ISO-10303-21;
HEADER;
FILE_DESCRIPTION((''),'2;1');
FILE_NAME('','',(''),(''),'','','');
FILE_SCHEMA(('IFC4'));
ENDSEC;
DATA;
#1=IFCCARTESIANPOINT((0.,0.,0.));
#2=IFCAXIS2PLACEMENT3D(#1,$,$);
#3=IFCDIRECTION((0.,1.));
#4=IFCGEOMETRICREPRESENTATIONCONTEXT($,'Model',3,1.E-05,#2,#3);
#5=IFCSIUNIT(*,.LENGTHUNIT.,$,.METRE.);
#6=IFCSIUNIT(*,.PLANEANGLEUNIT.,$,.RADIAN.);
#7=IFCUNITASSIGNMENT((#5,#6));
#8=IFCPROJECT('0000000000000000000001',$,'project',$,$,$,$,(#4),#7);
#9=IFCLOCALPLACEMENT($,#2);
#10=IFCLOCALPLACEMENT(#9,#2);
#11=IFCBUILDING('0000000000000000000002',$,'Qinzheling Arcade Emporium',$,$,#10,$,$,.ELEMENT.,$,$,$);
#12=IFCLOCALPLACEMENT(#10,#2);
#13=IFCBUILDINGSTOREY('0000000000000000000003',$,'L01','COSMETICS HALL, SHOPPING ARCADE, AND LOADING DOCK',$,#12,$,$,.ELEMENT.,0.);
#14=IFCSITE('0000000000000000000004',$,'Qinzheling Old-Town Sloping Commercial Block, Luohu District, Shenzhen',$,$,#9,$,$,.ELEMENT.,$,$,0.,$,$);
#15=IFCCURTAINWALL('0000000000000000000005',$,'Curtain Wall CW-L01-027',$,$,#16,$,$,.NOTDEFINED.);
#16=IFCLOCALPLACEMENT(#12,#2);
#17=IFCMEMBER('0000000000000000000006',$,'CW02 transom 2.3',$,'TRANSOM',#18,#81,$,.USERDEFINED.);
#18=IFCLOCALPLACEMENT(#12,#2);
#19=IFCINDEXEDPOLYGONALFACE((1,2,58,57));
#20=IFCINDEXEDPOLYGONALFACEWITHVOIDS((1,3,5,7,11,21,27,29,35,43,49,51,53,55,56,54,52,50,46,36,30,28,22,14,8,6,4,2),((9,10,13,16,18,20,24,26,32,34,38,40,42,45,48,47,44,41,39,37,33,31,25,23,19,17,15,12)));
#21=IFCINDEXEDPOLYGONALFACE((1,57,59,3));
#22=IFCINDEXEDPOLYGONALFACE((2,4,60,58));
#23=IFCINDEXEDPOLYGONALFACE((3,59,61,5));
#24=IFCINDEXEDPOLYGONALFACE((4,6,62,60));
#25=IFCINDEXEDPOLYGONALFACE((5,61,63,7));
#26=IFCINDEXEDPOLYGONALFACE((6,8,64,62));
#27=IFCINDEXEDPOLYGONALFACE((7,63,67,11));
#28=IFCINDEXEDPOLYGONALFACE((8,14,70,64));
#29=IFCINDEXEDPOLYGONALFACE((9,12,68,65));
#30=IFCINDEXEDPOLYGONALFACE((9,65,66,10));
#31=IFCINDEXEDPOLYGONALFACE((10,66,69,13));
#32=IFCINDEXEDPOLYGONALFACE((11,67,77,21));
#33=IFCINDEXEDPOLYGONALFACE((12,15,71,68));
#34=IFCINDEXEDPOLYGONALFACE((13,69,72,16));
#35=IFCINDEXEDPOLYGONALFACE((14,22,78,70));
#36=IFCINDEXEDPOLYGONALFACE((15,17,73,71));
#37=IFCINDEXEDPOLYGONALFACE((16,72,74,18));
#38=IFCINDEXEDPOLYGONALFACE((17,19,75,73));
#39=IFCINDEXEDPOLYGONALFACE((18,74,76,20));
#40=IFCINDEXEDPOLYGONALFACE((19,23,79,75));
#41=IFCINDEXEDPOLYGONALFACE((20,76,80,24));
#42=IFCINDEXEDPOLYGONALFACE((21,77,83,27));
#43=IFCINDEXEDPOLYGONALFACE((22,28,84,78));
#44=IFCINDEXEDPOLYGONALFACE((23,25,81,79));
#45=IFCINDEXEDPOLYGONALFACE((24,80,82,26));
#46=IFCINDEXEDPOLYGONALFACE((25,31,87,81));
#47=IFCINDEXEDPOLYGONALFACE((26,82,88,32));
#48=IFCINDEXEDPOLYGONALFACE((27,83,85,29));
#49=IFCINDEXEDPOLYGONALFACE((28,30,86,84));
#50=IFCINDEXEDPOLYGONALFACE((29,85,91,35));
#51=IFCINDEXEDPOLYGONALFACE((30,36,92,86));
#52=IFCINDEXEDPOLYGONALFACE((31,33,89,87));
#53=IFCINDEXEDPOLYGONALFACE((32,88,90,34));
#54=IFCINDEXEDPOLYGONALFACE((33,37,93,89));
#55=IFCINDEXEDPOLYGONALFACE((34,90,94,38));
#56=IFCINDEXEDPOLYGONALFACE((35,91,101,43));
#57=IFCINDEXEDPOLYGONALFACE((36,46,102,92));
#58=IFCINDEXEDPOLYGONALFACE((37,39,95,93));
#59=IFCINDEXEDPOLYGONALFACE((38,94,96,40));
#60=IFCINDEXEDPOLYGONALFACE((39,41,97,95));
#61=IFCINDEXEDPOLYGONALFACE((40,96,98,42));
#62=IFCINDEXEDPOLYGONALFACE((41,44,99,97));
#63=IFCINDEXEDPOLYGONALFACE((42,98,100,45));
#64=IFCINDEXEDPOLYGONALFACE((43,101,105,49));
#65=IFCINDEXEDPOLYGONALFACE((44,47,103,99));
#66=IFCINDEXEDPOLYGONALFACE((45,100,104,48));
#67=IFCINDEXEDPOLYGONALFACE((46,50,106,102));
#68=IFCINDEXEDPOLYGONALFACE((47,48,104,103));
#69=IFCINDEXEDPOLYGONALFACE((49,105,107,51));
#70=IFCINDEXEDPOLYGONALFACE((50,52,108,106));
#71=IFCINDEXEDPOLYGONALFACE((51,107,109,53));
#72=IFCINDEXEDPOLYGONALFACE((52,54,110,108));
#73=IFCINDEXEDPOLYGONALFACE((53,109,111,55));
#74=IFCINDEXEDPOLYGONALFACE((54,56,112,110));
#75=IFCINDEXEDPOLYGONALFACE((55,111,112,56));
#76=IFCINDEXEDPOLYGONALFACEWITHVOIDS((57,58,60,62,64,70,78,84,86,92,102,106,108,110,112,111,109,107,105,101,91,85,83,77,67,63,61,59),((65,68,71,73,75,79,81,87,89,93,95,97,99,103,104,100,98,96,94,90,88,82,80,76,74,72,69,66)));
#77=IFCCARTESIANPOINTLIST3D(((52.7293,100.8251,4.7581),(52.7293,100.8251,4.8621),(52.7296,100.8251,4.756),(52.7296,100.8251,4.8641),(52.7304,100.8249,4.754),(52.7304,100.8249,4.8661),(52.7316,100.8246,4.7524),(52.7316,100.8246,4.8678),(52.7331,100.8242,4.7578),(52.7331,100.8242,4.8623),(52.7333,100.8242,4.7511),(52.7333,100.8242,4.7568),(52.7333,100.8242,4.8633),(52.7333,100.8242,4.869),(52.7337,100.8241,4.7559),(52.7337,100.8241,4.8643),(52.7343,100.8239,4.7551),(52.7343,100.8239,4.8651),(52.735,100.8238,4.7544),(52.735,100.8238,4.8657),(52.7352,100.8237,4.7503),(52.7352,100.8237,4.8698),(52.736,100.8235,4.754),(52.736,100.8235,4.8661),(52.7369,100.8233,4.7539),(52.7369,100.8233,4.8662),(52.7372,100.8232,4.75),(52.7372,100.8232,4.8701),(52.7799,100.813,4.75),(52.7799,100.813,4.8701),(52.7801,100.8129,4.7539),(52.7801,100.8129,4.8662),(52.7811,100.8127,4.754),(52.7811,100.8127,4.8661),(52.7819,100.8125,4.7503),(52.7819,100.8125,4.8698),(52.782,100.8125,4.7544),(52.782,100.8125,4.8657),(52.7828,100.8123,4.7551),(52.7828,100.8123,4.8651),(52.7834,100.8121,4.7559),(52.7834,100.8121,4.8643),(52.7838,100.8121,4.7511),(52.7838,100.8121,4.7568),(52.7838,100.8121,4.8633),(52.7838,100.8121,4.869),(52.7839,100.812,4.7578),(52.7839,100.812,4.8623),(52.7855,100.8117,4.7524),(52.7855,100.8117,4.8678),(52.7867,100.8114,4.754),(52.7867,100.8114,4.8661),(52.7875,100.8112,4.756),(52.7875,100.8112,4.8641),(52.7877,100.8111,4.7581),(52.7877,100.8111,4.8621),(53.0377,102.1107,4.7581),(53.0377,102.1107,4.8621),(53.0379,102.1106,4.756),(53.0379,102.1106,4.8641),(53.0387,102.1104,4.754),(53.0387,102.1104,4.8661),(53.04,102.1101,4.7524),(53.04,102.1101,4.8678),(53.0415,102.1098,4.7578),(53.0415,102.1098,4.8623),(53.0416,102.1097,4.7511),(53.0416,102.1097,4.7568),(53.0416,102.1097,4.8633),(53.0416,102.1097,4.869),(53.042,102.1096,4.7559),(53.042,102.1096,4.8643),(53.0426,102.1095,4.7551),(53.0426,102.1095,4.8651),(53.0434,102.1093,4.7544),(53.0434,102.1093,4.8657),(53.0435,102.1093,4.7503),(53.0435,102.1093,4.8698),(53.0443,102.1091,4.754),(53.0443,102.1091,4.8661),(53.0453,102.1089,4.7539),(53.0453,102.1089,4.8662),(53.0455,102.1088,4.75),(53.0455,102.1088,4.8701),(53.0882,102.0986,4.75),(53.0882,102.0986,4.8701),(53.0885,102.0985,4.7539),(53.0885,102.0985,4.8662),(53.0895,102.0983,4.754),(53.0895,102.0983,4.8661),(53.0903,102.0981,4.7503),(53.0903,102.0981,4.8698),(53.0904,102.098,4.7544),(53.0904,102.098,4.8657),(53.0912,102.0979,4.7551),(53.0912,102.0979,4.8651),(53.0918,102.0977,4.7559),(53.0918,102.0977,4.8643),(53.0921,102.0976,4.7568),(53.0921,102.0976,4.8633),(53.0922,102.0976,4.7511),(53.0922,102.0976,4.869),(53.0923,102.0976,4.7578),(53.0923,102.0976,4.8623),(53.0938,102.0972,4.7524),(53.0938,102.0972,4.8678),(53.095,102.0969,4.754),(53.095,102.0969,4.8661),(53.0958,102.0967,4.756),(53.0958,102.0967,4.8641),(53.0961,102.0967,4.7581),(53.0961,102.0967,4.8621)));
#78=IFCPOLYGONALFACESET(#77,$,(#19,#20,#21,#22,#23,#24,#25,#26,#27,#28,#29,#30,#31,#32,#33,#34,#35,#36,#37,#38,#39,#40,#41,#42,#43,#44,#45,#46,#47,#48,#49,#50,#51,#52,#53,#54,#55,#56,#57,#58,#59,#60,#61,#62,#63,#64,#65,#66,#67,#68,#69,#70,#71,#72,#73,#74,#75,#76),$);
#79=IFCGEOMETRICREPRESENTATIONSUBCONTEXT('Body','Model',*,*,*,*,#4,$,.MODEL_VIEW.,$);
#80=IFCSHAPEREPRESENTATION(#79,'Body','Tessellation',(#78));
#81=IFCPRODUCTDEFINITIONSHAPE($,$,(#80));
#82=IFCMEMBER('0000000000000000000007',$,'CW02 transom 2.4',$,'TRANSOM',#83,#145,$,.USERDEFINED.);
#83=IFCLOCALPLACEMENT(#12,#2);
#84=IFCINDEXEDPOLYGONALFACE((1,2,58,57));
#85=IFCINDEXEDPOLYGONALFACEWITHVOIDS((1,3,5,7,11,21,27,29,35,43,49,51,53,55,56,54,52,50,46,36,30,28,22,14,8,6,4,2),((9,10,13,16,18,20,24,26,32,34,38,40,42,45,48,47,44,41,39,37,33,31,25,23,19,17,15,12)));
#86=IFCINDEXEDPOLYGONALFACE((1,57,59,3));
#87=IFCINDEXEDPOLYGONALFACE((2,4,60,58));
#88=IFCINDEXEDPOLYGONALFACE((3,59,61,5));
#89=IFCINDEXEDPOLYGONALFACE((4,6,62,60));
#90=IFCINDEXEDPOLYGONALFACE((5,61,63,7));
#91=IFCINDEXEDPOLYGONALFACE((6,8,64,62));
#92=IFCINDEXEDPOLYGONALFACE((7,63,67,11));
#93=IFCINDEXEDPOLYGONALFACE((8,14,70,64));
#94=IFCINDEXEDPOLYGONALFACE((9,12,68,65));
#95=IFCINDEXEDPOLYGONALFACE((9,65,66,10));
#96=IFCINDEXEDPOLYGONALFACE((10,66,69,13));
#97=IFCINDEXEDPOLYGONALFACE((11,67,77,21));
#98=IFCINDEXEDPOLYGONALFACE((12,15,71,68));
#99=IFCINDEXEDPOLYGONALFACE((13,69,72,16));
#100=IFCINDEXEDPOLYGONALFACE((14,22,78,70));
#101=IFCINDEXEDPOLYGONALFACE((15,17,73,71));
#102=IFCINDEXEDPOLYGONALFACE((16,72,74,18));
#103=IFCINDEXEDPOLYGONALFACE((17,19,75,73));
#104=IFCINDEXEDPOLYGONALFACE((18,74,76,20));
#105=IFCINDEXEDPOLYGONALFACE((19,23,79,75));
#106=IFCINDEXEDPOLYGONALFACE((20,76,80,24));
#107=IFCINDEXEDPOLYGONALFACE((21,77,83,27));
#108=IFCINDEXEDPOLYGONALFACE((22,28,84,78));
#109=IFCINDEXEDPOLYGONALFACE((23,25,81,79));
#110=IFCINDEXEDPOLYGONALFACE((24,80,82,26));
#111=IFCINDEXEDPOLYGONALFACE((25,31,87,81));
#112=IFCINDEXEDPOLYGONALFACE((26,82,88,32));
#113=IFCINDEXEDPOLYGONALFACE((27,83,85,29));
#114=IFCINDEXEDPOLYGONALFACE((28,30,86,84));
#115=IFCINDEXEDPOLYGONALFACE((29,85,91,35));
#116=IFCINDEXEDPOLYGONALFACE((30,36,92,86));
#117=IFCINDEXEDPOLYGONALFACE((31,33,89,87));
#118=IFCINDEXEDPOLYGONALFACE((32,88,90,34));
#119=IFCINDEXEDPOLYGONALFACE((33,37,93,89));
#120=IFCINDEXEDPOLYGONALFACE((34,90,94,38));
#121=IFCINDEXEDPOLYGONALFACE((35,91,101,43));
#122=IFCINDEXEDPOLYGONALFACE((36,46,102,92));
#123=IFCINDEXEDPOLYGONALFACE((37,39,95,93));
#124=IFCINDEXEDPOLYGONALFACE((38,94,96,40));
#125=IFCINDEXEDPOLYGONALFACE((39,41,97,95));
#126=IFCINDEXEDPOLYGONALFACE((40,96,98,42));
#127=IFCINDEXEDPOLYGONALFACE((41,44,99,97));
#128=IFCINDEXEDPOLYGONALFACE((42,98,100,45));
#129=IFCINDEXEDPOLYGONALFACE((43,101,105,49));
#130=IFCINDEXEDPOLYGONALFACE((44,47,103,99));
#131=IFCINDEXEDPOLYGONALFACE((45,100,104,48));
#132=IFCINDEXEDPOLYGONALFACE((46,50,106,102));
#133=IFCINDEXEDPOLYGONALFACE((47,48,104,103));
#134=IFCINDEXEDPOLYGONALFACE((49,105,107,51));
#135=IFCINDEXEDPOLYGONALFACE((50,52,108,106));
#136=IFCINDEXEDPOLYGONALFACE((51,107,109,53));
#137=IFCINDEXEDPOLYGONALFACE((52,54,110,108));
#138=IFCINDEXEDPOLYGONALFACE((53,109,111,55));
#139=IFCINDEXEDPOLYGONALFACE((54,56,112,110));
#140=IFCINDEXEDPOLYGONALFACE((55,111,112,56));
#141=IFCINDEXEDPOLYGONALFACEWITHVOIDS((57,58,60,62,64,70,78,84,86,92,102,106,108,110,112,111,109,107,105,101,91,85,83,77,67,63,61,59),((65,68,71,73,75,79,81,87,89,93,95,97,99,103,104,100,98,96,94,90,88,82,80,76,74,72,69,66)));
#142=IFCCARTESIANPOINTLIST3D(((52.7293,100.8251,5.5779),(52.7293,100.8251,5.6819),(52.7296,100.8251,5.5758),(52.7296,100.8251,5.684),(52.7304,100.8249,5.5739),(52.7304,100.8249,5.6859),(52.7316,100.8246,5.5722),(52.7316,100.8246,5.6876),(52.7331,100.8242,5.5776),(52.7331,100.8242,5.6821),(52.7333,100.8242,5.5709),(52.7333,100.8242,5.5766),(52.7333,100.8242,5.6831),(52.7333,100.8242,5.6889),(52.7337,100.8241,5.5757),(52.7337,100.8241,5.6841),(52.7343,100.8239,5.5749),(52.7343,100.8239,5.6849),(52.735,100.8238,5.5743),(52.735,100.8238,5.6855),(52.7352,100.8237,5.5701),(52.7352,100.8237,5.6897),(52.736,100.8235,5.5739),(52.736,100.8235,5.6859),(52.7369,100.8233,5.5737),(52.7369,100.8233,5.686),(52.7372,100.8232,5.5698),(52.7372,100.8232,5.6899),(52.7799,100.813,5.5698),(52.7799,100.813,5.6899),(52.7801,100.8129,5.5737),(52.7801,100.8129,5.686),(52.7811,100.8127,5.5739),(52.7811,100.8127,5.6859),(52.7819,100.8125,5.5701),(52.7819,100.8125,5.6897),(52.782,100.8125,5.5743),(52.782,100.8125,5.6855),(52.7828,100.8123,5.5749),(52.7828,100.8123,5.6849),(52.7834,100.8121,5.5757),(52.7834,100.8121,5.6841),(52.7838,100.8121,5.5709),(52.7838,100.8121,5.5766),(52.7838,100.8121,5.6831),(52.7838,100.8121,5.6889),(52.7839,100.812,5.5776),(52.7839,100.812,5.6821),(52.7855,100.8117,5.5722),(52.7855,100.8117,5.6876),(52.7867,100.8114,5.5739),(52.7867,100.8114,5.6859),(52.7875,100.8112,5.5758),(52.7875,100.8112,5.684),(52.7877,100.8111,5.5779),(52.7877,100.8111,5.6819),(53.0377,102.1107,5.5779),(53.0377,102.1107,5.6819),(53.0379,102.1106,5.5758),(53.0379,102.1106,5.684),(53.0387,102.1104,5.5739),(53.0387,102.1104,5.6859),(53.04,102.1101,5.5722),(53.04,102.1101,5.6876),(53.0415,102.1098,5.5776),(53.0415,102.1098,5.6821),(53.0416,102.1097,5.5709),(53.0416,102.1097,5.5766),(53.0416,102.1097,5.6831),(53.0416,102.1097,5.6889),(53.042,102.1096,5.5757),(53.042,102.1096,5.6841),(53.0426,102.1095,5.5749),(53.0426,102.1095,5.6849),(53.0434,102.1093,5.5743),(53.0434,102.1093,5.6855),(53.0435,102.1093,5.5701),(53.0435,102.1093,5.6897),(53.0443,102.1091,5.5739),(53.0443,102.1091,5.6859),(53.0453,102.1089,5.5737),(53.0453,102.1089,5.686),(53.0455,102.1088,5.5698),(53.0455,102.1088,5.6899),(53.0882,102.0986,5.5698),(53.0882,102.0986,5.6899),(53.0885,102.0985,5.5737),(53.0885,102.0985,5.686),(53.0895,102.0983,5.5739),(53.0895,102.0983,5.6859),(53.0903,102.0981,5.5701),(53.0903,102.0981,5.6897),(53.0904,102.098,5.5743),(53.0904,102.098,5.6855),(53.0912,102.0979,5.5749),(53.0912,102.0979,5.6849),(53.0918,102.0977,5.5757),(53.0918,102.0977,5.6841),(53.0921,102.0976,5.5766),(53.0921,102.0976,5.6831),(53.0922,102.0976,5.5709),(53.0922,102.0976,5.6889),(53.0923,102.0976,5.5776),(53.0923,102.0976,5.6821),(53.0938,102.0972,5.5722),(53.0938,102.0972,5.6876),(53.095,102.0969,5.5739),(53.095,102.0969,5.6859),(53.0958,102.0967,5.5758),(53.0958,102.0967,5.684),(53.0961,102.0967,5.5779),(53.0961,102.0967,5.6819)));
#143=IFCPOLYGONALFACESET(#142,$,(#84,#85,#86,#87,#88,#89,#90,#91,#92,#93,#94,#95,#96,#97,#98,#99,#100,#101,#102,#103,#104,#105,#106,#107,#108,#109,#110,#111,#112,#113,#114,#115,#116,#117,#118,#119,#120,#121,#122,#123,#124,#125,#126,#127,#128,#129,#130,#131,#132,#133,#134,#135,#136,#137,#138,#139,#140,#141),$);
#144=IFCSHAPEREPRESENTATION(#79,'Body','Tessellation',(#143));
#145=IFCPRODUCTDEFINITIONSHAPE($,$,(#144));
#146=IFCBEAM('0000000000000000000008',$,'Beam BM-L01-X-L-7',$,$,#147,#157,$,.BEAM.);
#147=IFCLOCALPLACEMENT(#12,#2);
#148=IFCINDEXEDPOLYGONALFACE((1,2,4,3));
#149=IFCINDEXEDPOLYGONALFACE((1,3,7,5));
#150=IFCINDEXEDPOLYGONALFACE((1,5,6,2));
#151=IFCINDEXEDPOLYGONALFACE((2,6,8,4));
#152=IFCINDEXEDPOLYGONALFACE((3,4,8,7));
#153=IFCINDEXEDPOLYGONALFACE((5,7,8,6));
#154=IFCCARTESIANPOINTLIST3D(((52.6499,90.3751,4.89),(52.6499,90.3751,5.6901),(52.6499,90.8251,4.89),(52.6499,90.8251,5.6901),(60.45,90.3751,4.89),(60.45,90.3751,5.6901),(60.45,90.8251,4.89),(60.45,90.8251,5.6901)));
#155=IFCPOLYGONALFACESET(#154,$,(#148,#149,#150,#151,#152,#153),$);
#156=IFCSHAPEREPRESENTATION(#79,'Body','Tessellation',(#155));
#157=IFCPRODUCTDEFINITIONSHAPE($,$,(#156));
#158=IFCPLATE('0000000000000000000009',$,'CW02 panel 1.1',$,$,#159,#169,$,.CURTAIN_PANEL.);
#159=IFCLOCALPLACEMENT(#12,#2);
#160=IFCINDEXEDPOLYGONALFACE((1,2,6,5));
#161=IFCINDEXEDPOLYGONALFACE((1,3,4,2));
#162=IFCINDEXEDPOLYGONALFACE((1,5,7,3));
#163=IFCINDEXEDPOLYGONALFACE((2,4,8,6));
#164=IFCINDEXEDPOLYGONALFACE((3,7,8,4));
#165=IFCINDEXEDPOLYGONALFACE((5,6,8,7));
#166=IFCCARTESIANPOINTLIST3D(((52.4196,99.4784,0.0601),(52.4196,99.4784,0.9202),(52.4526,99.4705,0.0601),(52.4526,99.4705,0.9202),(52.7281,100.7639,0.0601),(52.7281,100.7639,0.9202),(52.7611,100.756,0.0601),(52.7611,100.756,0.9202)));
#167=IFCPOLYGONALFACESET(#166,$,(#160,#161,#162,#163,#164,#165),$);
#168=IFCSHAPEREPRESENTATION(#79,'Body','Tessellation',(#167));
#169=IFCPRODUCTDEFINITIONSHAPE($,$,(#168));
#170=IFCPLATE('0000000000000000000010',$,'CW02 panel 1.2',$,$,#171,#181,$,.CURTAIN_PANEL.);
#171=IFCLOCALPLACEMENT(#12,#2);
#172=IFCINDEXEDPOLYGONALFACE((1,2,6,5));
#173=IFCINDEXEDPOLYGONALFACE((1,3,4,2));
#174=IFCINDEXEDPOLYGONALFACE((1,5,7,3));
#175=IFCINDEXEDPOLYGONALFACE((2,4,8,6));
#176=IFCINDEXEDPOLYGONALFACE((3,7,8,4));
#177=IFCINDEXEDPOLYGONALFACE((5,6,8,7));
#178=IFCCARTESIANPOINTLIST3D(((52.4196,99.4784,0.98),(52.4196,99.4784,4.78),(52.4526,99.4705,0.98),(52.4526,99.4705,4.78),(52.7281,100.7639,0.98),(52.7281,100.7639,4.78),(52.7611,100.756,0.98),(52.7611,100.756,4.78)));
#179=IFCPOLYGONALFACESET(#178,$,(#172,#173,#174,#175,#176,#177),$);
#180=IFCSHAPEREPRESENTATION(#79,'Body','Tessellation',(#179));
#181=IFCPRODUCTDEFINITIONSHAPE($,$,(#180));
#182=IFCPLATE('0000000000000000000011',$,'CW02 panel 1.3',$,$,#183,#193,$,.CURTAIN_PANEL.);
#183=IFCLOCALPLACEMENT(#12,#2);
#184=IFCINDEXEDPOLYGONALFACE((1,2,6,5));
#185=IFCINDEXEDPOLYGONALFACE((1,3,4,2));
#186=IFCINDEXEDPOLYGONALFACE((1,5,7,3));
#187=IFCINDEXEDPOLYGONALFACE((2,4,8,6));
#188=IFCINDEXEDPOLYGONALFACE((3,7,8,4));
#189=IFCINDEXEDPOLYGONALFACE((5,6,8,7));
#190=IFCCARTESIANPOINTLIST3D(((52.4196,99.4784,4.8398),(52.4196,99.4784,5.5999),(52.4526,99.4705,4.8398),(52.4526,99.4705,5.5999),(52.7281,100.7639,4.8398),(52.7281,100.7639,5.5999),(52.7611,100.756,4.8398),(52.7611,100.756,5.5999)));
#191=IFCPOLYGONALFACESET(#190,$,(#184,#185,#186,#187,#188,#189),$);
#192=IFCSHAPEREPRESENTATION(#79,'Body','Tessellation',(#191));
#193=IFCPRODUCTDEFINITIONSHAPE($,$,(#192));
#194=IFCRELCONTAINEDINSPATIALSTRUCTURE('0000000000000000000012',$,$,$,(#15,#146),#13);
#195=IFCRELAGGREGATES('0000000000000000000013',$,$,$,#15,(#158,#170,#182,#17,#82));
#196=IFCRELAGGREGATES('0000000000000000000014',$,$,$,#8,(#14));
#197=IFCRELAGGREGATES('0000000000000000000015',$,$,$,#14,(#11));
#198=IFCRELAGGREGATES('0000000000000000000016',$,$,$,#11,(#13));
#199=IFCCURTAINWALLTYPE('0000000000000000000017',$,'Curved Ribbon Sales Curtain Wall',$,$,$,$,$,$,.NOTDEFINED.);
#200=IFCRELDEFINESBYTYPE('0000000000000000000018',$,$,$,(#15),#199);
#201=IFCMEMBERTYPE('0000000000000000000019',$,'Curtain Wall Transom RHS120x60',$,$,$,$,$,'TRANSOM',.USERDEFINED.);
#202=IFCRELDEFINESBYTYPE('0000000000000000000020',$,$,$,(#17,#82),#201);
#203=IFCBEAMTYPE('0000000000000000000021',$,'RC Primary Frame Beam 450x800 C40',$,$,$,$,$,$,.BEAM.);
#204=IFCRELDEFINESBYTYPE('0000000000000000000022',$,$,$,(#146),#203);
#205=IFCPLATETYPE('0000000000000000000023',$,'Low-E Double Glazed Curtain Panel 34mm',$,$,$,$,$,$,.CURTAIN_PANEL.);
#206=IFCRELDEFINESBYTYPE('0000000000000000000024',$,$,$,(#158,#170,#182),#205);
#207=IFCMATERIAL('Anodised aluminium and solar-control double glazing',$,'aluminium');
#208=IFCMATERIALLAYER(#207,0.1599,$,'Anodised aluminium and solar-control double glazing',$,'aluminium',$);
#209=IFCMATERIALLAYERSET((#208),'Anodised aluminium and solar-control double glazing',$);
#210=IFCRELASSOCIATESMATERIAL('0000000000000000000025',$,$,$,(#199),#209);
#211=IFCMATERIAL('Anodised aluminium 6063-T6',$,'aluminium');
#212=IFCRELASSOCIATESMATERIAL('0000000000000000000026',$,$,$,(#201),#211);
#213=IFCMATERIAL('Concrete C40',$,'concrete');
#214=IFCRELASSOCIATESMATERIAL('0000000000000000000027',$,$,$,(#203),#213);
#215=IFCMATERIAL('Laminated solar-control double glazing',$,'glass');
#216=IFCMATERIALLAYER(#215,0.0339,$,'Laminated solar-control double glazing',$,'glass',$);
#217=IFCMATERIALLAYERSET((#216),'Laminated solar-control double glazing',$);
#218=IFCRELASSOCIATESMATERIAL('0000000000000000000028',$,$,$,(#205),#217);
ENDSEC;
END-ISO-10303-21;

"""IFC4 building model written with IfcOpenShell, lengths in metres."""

from ifc_helpers import new_model, si_unit, direction, frame, origin, origin_2d, place, context, subcontext, project, spatial, rectangle, hollow_rectangle, extrude, material, layer, layer_set, material_profile, profile_set, type_object, element, aggregate, save


model = new_model("IFC4")

# Units and contexts
model_context = context("Model", 3, precision=1e-05, world=origin(), true_north=direction((0.0, 1.0)))
body_context = subcontext(model_context, "Body", "Model", "MODEL_VIEW")
ifc_project = project(units=[si_unit("LENGTHUNIT", "METRE"), si_unit("PLANEANGLEUNIT", "RADIAN")], contexts=[model_context])

# Site, building, storey
site_placement = place(None, origin())
site = spatial("IfcSite", under=ifc_project, at=site_placement, Name="Qinzheling Old-Town Sloping Commercial Block, Luohu District, Shenzhen", CompositionType="ELEMENT", RefElevation=0.0)
building_placement = place(site_placement, origin())
building = spatial("IfcBuilding", under=site, at=building_placement, Name="Qinzheling Arcade Emporium", CompositionType="ELEMENT")
storey_placement = place(building_placement, origin())
storey = spatial("IfcBuildingStorey", under=building, at=storey_placement, Name="L01", Description="COSMETICS HALL, SHOPPING ARCADE, AND LOADING DOCK", CompositionType="ELEMENT", Elevation=0.0)

# Curtain wall, members
ifc_material_1 = material(Name="Anodised aluminium and solar-control double glazing", Category="aluminium")
ifc_layer_1 = layer(ifc_material_1, 0.1599, Name="Anodised aluminium and solar-control double glazing", Category="aluminium")
ifc_layer_set_1 = layer_set([ifc_layer_1], Name="Anodised aluminium and solar-control double glazing")
curtain_wall_type = type_object("IfcCurtainWallType", Name="Curved Ribbon Sales Curtain Wall", PredefinedType="NOTDEFINED", material=ifc_layer_set_1)
curtain_wall_placement = place(storey_placement, origin())
curtain_wall = element("IfcCurtainWall", 1, at=curtain_wall_placement, inside=storey, type_object=curtain_wall_type, Name="Curtain Wall CW-L01-027", PredefinedType="NOTDEFINED")
ifc_material_2 = material(Name="Anodised aluminium 6063-T6", Category="aluminium")
ifc_material_profile_1 = material_profile(ifc_material_2, hollow_rectangle(XDim=0.0601, YDim=0.1201, WallThickness=0.0039, InnerFilletRadius=0.0039, OuterFilletRadius=0.0081, at=origin_2d()), Name="RHS 120x60x4", Category="aluminium")
ifc_profile_set_1 = profile_set([ifc_material_profile_1], Name="Anodised aluminium 6063-T6")
member_type_1 = type_object("IfcMemberType", Name="Curtain Wall Transom RHS120x60", ElementType="TRANSOM", PredefinedType="USERDEFINED", material=ifc_profile_set_1)
member_1_placement = place(storey_placement, frame((52.7585, 100.8181, 4.8101), z_axis=(0.233226, 0.972422, 0.0), x_axis=(-0.972422, 0.233226, 0.0)))
member_1 = element("IfcMember", 2, at=member_1_placement, type_object=member_type_1, Name="CW02 transom 2.3", ObjectType="TRANSOM", PredefinedType="USERDEFINED", context=body_context, shape_type="SweptSolid", body=[
    extrude(hollow_rectangle(XDim=0.0601, YDim=0.1201, WallThickness=0.0039, InnerFilletRadius=0.0039, OuterFilletRadius=0.0081, at=origin_2d()), origin(), (0.0, 0.0, 1.0), 1.322),
])
member_2_placement = place(storey_placement, frame((52.7585, 100.8181, 5.6299), z_axis=(0.233226, 0.972422, 0.0), x_axis=(-0.972422, 0.233226, 0.0)))
member_2 = element("IfcMember", 3, at=member_2_placement, type_object=member_type_1, Name="CW02 transom 2.4", ObjectType="TRANSOM", PredefinedType="USERDEFINED", context=body_context, shape_type="SweptSolid", body=[
    extrude(hollow_rectangle(XDim=0.0601, YDim=0.1201, WallThickness=0.0039, InnerFilletRadius=0.0039, OuterFilletRadius=0.0081, at=origin_2d()), origin(), (0.0, 0.0, 1.0), 1.322),
])

# Beam
ifc_material_3 = material(Name="Concrete C40", Category="concrete")
ifc_material_profile_2 = material_profile(ifc_material_3, rectangle(XDim=0.45, YDim=0.8, at=origin_2d()), Name="RC 450x800", Category="concrete")
ifc_profile_set_2 = profile_set([ifc_material_profile_2], Name="Concrete C40")
beam_type = type_object("IfcBeamType", Name="RC Primary Frame Beam 450x800 C40", PredefinedType="BEAM", material=ifc_profile_set_2)
beam_placement = place(storey_placement, frame((52.6499, 90.6001, 5.29), z_axis=(1.0, 0.0, 0.0), x_axis=(0.0, 1.0, 0.0)))
element("IfcBeam", 4, at=beam_placement, inside=storey, type_object=beam_type, Name="Beam BM-L01-X-L-7", PredefinedType="BEAM", context=body_context, shape_type="SweptSolid", body=[
    extrude(rectangle(XDim=0.45, YDim=0.8, at=origin_2d()), origin(), (0.0, 0.0, 1.0), 7.8),
])

# Plates
ifc_material_4 = material(Name="Laminated solar-control double glazing", Category="glass")
ifc_layer_2 = layer(ifc_material_4, 0.0339, Name="Laminated solar-control double glazing", Category="glass")
ifc_layer_set_2 = layer_set([ifc_layer_2], Name="Laminated solar-control double glazing")
plate_type = type_object("IfcPlateType", Name="Low-E Double Glazed Curtain Panel 34mm", PredefinedType="CURTAIN_PANEL", material=ifc_layer_set_2)
plate_1_placement = place(storey_placement, frame((52.5903, 100.1172, 0.0601), z_axis=(0.0, 0.0, 1.0), x_axis=(0.23336, 0.972391, 0.0)))
plate_1 = element("IfcPlate", 5, at=plate_1_placement, type_object=plate_type, Name="CW02 panel 1.1", PredefinedType="CURTAIN_PANEL", context=body_context, shape_type="SweptSolid", body=[
    extrude(rectangle(XDim=1.322, YDim=0.0339, at=origin_2d()), origin(), (0.0, 0.0, 1.0), 0.8601),
])
plate_2_placement = place(storey_placement, frame((52.5903, 100.1172, 0.98), z_axis=(0.0, 0.0, 1.0), x_axis=(0.23336, 0.972391, 0.0)))
plate_2 = element("IfcPlate", 6, at=plate_2_placement, type_object=plate_type, Name="CW02 panel 1.2", PredefinedType="CURTAIN_PANEL", context=body_context, shape_type="SweptSolid", body=[
    extrude(rectangle(XDim=1.322, YDim=0.0339, at=origin_2d()), origin(), (0.0, 0.0, 1.0), 3.8),
])
plate_3_placement = place(storey_placement, frame((52.5903, 100.1172, 4.8398), z_axis=(0.0, 0.0, 1.0), x_axis=(0.23336, 0.972391, 0.0)))
plate_3 = element("IfcPlate", 7, at=plate_3_placement, type_object=plate_type, Name="CW02 panel 1.3", PredefinedType="CURTAIN_PANEL", context=body_context, shape_type="SweptSolid", body=[
    extrude(rectangle(XDim=1.322, YDim=0.0339, at=origin_2d()), origin(), (0.0, 0.0, 1.0), 0.76),
])
aggregate(curtain_wall, [plate_1, plate_2, plate_3, member_1, member_2])

save(model, "model.ifc")
